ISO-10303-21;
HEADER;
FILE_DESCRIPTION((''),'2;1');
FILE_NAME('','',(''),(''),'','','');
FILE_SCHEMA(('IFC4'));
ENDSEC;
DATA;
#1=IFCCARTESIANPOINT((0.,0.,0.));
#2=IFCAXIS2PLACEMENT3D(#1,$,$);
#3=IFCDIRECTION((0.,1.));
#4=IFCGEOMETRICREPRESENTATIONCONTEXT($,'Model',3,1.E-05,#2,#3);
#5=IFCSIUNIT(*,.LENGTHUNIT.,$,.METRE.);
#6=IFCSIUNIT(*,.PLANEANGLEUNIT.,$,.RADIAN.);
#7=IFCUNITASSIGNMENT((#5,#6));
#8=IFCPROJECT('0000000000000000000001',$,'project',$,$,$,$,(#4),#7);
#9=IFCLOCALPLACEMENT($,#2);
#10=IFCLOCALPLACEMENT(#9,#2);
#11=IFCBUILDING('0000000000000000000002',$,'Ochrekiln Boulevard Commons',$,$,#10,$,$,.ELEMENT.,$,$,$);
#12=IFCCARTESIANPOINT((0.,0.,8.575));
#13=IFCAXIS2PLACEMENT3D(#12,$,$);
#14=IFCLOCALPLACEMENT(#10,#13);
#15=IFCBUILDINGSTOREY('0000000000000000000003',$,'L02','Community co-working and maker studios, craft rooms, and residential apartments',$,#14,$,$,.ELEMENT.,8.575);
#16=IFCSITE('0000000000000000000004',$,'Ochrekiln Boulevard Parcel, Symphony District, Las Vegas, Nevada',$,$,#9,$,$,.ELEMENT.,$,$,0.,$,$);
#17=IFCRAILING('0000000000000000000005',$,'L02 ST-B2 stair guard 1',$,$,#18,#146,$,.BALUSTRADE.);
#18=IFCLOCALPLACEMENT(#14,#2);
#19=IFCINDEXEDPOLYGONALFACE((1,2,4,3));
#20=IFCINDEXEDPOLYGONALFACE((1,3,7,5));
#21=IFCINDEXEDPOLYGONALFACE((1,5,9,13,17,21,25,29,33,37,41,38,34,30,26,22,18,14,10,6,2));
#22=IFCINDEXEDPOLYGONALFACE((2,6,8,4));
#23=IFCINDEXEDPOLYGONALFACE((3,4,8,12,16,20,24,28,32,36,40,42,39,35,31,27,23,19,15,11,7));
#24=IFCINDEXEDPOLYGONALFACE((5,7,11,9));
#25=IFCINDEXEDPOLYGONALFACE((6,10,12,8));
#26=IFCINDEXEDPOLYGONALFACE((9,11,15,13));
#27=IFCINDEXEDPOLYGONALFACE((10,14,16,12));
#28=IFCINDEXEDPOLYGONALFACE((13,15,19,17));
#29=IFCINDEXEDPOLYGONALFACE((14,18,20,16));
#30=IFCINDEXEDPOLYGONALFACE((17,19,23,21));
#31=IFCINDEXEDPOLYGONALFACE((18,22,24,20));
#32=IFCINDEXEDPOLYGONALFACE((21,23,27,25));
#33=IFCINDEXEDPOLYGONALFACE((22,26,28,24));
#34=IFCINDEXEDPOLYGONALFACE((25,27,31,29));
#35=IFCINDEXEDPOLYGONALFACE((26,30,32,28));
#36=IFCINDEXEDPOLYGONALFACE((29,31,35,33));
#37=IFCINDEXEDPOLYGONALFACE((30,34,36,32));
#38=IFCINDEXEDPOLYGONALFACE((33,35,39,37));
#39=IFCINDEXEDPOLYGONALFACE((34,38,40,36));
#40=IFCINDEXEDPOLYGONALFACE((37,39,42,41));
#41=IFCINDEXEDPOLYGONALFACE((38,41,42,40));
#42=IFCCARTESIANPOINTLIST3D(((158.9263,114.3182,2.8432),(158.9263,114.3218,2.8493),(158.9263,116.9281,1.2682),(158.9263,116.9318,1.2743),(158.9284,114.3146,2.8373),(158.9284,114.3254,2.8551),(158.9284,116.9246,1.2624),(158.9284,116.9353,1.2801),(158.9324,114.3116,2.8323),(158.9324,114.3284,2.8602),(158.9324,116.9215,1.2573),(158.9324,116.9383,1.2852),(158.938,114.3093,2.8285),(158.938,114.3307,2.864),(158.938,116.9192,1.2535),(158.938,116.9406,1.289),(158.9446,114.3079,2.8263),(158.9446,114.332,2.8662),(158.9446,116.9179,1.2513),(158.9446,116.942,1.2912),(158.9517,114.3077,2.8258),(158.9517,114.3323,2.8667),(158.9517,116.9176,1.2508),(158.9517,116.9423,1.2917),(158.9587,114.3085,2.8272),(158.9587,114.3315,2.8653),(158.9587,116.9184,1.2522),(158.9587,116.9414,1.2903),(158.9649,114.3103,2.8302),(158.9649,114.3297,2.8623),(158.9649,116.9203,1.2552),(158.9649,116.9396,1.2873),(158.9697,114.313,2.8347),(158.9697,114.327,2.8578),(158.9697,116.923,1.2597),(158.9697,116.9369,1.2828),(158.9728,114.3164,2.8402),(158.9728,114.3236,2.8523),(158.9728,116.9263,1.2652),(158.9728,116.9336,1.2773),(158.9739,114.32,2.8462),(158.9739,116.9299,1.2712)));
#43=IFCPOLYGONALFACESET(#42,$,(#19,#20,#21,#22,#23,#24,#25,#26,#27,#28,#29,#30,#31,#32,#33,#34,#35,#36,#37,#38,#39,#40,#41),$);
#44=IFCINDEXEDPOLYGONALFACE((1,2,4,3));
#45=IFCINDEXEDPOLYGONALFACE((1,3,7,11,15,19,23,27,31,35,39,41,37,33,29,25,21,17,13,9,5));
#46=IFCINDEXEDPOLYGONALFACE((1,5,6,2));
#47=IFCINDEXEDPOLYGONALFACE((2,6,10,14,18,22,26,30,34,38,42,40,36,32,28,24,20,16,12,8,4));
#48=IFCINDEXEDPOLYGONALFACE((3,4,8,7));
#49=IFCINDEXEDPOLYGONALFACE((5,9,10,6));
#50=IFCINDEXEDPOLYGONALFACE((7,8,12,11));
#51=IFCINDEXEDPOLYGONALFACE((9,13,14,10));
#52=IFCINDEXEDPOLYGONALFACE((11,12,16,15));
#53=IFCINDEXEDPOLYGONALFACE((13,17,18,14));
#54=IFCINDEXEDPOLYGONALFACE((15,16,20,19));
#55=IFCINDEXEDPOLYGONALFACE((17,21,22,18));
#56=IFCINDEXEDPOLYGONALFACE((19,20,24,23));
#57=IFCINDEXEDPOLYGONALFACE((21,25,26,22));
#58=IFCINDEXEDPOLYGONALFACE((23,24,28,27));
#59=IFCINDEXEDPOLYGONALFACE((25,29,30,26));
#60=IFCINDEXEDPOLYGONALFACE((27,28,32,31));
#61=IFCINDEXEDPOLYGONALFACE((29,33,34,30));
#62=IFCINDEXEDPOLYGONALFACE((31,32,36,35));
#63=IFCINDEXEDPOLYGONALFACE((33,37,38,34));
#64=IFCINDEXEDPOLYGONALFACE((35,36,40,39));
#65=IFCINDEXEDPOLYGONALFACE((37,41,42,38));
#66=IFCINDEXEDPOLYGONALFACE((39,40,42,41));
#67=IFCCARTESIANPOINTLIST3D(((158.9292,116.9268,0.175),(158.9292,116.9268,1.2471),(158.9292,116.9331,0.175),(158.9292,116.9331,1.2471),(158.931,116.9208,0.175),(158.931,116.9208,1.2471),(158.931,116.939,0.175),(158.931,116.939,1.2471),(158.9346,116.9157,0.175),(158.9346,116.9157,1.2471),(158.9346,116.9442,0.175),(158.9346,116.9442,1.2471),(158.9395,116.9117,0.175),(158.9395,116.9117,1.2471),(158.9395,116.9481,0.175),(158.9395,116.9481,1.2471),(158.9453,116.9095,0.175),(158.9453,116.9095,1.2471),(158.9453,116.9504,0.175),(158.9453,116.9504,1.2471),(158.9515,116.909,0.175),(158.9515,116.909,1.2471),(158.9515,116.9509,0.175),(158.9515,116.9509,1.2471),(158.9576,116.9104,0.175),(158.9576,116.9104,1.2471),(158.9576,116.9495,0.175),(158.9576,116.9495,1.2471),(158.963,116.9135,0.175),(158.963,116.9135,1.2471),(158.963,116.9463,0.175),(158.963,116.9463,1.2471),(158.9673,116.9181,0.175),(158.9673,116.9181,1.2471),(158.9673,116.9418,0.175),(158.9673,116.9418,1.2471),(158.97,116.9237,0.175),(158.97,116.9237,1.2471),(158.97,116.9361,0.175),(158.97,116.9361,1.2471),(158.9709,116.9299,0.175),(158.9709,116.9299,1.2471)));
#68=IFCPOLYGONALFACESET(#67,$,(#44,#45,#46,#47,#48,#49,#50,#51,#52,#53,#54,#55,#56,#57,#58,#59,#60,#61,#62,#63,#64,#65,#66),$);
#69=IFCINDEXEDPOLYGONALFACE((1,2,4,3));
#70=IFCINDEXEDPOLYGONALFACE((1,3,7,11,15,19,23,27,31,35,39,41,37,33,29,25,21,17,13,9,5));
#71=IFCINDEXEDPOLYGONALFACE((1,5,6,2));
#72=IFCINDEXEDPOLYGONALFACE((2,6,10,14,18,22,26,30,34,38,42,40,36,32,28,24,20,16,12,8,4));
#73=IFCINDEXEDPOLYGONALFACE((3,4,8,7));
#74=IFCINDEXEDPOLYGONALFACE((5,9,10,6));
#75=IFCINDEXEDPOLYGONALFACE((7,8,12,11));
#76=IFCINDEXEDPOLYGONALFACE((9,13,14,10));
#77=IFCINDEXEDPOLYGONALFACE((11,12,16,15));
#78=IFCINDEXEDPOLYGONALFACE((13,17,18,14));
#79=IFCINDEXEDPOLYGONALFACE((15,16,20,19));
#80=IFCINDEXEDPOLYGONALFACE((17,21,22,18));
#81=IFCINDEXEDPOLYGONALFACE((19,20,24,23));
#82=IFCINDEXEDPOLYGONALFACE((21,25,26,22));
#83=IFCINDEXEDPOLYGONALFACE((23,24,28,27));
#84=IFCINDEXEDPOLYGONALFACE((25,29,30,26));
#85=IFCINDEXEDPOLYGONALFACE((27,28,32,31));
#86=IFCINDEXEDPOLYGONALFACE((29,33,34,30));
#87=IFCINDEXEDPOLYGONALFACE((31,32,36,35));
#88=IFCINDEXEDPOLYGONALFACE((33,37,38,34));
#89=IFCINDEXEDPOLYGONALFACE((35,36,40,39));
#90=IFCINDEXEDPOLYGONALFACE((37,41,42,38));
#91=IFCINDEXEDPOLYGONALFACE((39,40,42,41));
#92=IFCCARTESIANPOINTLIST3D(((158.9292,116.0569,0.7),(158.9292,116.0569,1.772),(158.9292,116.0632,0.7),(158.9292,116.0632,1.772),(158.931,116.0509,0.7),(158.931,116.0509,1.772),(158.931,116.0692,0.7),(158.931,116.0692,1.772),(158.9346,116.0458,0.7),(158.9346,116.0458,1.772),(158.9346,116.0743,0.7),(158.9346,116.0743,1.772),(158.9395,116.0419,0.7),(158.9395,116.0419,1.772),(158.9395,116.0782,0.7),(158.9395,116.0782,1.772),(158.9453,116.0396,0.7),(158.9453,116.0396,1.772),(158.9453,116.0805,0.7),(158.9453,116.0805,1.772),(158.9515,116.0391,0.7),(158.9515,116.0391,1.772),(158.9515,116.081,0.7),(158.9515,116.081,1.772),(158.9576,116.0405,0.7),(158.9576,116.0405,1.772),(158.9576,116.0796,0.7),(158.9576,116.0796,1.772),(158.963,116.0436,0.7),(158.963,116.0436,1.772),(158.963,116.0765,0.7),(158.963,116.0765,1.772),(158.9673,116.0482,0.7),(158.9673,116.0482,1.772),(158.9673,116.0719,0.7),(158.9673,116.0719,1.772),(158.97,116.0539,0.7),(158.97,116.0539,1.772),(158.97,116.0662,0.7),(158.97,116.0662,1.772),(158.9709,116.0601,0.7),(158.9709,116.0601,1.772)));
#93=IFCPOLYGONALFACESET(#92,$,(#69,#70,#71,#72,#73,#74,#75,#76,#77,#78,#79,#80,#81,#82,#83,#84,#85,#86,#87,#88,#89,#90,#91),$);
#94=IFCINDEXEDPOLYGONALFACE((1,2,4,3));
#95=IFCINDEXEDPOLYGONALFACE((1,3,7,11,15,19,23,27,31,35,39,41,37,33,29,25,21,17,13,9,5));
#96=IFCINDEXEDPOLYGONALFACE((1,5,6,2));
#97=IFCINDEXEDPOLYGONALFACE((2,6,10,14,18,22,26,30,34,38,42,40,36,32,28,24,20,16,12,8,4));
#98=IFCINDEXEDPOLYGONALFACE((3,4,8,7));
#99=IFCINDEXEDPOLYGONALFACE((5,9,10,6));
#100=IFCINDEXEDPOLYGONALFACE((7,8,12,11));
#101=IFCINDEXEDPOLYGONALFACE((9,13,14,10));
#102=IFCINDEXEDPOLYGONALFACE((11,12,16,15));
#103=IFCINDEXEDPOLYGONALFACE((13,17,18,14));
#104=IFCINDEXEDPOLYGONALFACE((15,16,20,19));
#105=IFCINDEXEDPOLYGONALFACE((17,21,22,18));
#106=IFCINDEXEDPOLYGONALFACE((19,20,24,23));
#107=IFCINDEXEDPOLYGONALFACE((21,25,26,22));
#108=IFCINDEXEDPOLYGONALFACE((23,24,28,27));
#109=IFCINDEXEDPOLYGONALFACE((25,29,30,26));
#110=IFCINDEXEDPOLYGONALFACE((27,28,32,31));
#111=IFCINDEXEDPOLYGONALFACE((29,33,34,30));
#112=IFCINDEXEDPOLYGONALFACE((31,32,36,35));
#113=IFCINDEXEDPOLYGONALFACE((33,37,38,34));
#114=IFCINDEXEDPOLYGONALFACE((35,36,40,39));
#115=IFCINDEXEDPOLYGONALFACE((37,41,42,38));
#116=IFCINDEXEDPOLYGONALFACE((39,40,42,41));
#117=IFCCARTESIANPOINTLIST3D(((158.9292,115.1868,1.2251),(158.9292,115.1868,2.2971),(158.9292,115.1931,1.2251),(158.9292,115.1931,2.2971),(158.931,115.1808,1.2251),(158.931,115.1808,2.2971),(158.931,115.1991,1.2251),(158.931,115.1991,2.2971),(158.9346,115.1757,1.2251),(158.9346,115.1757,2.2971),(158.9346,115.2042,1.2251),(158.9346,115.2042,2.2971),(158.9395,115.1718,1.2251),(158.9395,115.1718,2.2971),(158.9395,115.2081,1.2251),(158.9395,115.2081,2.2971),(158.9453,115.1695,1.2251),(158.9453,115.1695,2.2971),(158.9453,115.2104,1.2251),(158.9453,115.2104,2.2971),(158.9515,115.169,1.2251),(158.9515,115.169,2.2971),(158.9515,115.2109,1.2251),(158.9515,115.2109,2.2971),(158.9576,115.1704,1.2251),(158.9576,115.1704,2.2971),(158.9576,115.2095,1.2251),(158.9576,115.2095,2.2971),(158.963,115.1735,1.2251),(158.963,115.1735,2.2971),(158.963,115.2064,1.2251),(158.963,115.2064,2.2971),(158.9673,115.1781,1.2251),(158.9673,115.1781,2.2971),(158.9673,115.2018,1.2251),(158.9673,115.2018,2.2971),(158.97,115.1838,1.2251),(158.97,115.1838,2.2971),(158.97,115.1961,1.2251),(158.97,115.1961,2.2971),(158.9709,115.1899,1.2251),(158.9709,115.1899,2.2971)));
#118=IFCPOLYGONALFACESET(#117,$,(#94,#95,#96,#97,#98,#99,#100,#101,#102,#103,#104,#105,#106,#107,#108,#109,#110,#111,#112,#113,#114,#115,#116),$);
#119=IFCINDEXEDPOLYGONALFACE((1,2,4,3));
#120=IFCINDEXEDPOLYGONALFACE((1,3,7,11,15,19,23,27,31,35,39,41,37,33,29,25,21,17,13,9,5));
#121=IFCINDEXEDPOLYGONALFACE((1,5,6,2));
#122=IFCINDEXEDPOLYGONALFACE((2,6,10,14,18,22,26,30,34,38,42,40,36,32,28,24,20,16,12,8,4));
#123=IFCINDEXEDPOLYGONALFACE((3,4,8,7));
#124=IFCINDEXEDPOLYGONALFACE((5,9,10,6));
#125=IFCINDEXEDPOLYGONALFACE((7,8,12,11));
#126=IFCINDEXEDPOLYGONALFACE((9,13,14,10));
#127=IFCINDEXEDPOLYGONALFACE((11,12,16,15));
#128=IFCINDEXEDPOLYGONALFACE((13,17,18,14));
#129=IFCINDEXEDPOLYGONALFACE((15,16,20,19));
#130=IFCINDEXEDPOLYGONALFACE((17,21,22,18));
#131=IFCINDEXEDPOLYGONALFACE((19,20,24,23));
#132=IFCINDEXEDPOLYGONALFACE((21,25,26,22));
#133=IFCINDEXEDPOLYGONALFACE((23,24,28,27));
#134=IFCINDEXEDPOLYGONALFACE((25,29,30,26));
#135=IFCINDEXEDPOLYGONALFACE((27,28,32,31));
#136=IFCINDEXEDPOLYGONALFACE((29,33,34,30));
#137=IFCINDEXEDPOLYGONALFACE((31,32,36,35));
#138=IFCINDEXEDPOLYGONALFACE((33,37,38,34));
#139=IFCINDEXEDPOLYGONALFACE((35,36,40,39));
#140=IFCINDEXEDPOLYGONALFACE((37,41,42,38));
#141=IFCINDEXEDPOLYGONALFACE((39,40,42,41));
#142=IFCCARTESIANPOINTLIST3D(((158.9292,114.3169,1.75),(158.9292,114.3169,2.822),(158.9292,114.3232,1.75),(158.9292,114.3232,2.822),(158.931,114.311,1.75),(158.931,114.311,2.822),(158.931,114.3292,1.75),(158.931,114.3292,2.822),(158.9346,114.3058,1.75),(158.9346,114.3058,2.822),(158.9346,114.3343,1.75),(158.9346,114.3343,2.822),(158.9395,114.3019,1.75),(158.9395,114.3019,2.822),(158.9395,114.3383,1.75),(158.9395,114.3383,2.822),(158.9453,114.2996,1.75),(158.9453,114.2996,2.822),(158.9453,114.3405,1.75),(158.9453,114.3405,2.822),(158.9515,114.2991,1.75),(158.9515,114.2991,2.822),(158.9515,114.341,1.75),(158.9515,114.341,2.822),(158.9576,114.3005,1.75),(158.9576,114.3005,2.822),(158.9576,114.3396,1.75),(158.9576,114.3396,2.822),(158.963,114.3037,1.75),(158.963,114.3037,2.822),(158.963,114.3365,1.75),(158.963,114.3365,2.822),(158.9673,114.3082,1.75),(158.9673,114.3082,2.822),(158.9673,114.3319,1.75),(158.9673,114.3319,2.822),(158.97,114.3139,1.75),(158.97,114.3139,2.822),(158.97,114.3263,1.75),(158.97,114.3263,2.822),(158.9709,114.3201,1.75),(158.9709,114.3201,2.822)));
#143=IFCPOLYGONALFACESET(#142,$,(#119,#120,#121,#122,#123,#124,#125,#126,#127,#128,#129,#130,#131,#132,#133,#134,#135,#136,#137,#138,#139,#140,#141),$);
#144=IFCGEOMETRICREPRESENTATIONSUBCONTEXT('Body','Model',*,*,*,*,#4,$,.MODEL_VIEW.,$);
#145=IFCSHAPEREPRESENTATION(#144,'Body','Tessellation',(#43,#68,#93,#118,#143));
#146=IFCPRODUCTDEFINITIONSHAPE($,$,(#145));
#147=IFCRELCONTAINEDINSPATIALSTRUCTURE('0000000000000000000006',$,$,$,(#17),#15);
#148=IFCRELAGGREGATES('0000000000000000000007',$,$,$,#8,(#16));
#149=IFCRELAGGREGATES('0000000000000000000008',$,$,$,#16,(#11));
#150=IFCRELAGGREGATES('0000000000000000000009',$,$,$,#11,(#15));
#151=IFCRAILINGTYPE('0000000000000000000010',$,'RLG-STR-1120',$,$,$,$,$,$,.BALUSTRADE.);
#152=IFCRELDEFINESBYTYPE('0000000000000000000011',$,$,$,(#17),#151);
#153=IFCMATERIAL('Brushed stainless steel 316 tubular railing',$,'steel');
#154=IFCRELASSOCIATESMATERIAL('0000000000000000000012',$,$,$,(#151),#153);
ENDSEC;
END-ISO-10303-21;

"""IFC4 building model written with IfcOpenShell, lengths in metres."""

from ifc_helpers import new_model, si_unit, direction, frame, origin, origin_2d, place, context, subcontext, project, spatial, circle, extrude, material, type_object, element, save


model = new_model("IFC4")

# Units and contexts
model_context = context("Model", 3, precision=1e-05, world=origin(), true_north=direction((0.0, 1.0)))
body_context = subcontext(model_context, "Body", "Model", "MODEL_VIEW")
ifc_project = project(units=[si_unit("LENGTHUNIT", "METRE"), si_unit("PLANEANGLEUNIT", "RADIAN")], contexts=[model_context])

# Site, building, storey
site_placement = place(None, origin())
site = spatial("IfcSite", under=ifc_project, at=site_placement, Name="Ochrekiln Boulevard Parcel, Symphony District, Las Vegas, Nevada", CompositionType="ELEMENT", RefElevation=0.0)
building_placement = place(site_placement, origin())
building = spatial("IfcBuilding", under=site, at=building_placement, Name="Ochrekiln Boulevard Commons", CompositionType="ELEMENT")
storey_placement = place(building_placement, frame((0.0, 0.0, 8.575)))
storey = spatial("IfcBuildingStorey", under=building, at=storey_placement, Name="L02", Description="Community co-working and maker studios, craft rooms, and residential apartments", CompositionType="ELEMENT", Elevation=8.575)

# Railing
ifc_material_1 = material(Name="Brushed stainless steel 316 tubular railing", Category="steel")
railing_type_1 = type_object("IfcRailingType", Name="RLG-STR-1120", PredefinedType="BALUSTRADE", material=ifc_material_1)
railing_1_placement = place(storey_placement, frame((158.95, 116.9299, 0.175)))
element("IfcRailing", 1, at=railing_1_placement, inside=storey, type_object=railing_type_1, Name="L02 ST-B2 stair guard 1", PredefinedType="BALUSTRADE", context=body_context, shape_type="SweptSolid", body=[
    extrude(circle(Radius=0.0239, at=origin_2d()), frame((0.0, 0.0, 1.0962), z_axis=(0.0, -0.856183, 0.516673), x_axis=(1.0, 0.0, 0.0)), (0.0, 0.0, 1.0), 3.0483),
    extrude(circle(Radius=0.021, at=origin_2d()), origin(), (0.0, 0.0, 1.0), 1.072),
    extrude(circle(Radius=0.021, at=origin_2d()), frame((0.0, -0.8699, 0.5249)), (0.0, 0.0, 1.0), 1.072),
    extrude(circle(Radius=0.021, at=origin_2d()), frame((0.0, -1.74, 1.05)), (0.0, 0.0, 1.0), 1.072),
    extrude(circle(Radius=0.021, at=origin_2d()), frame((0.0, -2.6099, 1.575)), (0.0, 0.0, 1.0), 1.072),
])

save(model, "model.ifc")
